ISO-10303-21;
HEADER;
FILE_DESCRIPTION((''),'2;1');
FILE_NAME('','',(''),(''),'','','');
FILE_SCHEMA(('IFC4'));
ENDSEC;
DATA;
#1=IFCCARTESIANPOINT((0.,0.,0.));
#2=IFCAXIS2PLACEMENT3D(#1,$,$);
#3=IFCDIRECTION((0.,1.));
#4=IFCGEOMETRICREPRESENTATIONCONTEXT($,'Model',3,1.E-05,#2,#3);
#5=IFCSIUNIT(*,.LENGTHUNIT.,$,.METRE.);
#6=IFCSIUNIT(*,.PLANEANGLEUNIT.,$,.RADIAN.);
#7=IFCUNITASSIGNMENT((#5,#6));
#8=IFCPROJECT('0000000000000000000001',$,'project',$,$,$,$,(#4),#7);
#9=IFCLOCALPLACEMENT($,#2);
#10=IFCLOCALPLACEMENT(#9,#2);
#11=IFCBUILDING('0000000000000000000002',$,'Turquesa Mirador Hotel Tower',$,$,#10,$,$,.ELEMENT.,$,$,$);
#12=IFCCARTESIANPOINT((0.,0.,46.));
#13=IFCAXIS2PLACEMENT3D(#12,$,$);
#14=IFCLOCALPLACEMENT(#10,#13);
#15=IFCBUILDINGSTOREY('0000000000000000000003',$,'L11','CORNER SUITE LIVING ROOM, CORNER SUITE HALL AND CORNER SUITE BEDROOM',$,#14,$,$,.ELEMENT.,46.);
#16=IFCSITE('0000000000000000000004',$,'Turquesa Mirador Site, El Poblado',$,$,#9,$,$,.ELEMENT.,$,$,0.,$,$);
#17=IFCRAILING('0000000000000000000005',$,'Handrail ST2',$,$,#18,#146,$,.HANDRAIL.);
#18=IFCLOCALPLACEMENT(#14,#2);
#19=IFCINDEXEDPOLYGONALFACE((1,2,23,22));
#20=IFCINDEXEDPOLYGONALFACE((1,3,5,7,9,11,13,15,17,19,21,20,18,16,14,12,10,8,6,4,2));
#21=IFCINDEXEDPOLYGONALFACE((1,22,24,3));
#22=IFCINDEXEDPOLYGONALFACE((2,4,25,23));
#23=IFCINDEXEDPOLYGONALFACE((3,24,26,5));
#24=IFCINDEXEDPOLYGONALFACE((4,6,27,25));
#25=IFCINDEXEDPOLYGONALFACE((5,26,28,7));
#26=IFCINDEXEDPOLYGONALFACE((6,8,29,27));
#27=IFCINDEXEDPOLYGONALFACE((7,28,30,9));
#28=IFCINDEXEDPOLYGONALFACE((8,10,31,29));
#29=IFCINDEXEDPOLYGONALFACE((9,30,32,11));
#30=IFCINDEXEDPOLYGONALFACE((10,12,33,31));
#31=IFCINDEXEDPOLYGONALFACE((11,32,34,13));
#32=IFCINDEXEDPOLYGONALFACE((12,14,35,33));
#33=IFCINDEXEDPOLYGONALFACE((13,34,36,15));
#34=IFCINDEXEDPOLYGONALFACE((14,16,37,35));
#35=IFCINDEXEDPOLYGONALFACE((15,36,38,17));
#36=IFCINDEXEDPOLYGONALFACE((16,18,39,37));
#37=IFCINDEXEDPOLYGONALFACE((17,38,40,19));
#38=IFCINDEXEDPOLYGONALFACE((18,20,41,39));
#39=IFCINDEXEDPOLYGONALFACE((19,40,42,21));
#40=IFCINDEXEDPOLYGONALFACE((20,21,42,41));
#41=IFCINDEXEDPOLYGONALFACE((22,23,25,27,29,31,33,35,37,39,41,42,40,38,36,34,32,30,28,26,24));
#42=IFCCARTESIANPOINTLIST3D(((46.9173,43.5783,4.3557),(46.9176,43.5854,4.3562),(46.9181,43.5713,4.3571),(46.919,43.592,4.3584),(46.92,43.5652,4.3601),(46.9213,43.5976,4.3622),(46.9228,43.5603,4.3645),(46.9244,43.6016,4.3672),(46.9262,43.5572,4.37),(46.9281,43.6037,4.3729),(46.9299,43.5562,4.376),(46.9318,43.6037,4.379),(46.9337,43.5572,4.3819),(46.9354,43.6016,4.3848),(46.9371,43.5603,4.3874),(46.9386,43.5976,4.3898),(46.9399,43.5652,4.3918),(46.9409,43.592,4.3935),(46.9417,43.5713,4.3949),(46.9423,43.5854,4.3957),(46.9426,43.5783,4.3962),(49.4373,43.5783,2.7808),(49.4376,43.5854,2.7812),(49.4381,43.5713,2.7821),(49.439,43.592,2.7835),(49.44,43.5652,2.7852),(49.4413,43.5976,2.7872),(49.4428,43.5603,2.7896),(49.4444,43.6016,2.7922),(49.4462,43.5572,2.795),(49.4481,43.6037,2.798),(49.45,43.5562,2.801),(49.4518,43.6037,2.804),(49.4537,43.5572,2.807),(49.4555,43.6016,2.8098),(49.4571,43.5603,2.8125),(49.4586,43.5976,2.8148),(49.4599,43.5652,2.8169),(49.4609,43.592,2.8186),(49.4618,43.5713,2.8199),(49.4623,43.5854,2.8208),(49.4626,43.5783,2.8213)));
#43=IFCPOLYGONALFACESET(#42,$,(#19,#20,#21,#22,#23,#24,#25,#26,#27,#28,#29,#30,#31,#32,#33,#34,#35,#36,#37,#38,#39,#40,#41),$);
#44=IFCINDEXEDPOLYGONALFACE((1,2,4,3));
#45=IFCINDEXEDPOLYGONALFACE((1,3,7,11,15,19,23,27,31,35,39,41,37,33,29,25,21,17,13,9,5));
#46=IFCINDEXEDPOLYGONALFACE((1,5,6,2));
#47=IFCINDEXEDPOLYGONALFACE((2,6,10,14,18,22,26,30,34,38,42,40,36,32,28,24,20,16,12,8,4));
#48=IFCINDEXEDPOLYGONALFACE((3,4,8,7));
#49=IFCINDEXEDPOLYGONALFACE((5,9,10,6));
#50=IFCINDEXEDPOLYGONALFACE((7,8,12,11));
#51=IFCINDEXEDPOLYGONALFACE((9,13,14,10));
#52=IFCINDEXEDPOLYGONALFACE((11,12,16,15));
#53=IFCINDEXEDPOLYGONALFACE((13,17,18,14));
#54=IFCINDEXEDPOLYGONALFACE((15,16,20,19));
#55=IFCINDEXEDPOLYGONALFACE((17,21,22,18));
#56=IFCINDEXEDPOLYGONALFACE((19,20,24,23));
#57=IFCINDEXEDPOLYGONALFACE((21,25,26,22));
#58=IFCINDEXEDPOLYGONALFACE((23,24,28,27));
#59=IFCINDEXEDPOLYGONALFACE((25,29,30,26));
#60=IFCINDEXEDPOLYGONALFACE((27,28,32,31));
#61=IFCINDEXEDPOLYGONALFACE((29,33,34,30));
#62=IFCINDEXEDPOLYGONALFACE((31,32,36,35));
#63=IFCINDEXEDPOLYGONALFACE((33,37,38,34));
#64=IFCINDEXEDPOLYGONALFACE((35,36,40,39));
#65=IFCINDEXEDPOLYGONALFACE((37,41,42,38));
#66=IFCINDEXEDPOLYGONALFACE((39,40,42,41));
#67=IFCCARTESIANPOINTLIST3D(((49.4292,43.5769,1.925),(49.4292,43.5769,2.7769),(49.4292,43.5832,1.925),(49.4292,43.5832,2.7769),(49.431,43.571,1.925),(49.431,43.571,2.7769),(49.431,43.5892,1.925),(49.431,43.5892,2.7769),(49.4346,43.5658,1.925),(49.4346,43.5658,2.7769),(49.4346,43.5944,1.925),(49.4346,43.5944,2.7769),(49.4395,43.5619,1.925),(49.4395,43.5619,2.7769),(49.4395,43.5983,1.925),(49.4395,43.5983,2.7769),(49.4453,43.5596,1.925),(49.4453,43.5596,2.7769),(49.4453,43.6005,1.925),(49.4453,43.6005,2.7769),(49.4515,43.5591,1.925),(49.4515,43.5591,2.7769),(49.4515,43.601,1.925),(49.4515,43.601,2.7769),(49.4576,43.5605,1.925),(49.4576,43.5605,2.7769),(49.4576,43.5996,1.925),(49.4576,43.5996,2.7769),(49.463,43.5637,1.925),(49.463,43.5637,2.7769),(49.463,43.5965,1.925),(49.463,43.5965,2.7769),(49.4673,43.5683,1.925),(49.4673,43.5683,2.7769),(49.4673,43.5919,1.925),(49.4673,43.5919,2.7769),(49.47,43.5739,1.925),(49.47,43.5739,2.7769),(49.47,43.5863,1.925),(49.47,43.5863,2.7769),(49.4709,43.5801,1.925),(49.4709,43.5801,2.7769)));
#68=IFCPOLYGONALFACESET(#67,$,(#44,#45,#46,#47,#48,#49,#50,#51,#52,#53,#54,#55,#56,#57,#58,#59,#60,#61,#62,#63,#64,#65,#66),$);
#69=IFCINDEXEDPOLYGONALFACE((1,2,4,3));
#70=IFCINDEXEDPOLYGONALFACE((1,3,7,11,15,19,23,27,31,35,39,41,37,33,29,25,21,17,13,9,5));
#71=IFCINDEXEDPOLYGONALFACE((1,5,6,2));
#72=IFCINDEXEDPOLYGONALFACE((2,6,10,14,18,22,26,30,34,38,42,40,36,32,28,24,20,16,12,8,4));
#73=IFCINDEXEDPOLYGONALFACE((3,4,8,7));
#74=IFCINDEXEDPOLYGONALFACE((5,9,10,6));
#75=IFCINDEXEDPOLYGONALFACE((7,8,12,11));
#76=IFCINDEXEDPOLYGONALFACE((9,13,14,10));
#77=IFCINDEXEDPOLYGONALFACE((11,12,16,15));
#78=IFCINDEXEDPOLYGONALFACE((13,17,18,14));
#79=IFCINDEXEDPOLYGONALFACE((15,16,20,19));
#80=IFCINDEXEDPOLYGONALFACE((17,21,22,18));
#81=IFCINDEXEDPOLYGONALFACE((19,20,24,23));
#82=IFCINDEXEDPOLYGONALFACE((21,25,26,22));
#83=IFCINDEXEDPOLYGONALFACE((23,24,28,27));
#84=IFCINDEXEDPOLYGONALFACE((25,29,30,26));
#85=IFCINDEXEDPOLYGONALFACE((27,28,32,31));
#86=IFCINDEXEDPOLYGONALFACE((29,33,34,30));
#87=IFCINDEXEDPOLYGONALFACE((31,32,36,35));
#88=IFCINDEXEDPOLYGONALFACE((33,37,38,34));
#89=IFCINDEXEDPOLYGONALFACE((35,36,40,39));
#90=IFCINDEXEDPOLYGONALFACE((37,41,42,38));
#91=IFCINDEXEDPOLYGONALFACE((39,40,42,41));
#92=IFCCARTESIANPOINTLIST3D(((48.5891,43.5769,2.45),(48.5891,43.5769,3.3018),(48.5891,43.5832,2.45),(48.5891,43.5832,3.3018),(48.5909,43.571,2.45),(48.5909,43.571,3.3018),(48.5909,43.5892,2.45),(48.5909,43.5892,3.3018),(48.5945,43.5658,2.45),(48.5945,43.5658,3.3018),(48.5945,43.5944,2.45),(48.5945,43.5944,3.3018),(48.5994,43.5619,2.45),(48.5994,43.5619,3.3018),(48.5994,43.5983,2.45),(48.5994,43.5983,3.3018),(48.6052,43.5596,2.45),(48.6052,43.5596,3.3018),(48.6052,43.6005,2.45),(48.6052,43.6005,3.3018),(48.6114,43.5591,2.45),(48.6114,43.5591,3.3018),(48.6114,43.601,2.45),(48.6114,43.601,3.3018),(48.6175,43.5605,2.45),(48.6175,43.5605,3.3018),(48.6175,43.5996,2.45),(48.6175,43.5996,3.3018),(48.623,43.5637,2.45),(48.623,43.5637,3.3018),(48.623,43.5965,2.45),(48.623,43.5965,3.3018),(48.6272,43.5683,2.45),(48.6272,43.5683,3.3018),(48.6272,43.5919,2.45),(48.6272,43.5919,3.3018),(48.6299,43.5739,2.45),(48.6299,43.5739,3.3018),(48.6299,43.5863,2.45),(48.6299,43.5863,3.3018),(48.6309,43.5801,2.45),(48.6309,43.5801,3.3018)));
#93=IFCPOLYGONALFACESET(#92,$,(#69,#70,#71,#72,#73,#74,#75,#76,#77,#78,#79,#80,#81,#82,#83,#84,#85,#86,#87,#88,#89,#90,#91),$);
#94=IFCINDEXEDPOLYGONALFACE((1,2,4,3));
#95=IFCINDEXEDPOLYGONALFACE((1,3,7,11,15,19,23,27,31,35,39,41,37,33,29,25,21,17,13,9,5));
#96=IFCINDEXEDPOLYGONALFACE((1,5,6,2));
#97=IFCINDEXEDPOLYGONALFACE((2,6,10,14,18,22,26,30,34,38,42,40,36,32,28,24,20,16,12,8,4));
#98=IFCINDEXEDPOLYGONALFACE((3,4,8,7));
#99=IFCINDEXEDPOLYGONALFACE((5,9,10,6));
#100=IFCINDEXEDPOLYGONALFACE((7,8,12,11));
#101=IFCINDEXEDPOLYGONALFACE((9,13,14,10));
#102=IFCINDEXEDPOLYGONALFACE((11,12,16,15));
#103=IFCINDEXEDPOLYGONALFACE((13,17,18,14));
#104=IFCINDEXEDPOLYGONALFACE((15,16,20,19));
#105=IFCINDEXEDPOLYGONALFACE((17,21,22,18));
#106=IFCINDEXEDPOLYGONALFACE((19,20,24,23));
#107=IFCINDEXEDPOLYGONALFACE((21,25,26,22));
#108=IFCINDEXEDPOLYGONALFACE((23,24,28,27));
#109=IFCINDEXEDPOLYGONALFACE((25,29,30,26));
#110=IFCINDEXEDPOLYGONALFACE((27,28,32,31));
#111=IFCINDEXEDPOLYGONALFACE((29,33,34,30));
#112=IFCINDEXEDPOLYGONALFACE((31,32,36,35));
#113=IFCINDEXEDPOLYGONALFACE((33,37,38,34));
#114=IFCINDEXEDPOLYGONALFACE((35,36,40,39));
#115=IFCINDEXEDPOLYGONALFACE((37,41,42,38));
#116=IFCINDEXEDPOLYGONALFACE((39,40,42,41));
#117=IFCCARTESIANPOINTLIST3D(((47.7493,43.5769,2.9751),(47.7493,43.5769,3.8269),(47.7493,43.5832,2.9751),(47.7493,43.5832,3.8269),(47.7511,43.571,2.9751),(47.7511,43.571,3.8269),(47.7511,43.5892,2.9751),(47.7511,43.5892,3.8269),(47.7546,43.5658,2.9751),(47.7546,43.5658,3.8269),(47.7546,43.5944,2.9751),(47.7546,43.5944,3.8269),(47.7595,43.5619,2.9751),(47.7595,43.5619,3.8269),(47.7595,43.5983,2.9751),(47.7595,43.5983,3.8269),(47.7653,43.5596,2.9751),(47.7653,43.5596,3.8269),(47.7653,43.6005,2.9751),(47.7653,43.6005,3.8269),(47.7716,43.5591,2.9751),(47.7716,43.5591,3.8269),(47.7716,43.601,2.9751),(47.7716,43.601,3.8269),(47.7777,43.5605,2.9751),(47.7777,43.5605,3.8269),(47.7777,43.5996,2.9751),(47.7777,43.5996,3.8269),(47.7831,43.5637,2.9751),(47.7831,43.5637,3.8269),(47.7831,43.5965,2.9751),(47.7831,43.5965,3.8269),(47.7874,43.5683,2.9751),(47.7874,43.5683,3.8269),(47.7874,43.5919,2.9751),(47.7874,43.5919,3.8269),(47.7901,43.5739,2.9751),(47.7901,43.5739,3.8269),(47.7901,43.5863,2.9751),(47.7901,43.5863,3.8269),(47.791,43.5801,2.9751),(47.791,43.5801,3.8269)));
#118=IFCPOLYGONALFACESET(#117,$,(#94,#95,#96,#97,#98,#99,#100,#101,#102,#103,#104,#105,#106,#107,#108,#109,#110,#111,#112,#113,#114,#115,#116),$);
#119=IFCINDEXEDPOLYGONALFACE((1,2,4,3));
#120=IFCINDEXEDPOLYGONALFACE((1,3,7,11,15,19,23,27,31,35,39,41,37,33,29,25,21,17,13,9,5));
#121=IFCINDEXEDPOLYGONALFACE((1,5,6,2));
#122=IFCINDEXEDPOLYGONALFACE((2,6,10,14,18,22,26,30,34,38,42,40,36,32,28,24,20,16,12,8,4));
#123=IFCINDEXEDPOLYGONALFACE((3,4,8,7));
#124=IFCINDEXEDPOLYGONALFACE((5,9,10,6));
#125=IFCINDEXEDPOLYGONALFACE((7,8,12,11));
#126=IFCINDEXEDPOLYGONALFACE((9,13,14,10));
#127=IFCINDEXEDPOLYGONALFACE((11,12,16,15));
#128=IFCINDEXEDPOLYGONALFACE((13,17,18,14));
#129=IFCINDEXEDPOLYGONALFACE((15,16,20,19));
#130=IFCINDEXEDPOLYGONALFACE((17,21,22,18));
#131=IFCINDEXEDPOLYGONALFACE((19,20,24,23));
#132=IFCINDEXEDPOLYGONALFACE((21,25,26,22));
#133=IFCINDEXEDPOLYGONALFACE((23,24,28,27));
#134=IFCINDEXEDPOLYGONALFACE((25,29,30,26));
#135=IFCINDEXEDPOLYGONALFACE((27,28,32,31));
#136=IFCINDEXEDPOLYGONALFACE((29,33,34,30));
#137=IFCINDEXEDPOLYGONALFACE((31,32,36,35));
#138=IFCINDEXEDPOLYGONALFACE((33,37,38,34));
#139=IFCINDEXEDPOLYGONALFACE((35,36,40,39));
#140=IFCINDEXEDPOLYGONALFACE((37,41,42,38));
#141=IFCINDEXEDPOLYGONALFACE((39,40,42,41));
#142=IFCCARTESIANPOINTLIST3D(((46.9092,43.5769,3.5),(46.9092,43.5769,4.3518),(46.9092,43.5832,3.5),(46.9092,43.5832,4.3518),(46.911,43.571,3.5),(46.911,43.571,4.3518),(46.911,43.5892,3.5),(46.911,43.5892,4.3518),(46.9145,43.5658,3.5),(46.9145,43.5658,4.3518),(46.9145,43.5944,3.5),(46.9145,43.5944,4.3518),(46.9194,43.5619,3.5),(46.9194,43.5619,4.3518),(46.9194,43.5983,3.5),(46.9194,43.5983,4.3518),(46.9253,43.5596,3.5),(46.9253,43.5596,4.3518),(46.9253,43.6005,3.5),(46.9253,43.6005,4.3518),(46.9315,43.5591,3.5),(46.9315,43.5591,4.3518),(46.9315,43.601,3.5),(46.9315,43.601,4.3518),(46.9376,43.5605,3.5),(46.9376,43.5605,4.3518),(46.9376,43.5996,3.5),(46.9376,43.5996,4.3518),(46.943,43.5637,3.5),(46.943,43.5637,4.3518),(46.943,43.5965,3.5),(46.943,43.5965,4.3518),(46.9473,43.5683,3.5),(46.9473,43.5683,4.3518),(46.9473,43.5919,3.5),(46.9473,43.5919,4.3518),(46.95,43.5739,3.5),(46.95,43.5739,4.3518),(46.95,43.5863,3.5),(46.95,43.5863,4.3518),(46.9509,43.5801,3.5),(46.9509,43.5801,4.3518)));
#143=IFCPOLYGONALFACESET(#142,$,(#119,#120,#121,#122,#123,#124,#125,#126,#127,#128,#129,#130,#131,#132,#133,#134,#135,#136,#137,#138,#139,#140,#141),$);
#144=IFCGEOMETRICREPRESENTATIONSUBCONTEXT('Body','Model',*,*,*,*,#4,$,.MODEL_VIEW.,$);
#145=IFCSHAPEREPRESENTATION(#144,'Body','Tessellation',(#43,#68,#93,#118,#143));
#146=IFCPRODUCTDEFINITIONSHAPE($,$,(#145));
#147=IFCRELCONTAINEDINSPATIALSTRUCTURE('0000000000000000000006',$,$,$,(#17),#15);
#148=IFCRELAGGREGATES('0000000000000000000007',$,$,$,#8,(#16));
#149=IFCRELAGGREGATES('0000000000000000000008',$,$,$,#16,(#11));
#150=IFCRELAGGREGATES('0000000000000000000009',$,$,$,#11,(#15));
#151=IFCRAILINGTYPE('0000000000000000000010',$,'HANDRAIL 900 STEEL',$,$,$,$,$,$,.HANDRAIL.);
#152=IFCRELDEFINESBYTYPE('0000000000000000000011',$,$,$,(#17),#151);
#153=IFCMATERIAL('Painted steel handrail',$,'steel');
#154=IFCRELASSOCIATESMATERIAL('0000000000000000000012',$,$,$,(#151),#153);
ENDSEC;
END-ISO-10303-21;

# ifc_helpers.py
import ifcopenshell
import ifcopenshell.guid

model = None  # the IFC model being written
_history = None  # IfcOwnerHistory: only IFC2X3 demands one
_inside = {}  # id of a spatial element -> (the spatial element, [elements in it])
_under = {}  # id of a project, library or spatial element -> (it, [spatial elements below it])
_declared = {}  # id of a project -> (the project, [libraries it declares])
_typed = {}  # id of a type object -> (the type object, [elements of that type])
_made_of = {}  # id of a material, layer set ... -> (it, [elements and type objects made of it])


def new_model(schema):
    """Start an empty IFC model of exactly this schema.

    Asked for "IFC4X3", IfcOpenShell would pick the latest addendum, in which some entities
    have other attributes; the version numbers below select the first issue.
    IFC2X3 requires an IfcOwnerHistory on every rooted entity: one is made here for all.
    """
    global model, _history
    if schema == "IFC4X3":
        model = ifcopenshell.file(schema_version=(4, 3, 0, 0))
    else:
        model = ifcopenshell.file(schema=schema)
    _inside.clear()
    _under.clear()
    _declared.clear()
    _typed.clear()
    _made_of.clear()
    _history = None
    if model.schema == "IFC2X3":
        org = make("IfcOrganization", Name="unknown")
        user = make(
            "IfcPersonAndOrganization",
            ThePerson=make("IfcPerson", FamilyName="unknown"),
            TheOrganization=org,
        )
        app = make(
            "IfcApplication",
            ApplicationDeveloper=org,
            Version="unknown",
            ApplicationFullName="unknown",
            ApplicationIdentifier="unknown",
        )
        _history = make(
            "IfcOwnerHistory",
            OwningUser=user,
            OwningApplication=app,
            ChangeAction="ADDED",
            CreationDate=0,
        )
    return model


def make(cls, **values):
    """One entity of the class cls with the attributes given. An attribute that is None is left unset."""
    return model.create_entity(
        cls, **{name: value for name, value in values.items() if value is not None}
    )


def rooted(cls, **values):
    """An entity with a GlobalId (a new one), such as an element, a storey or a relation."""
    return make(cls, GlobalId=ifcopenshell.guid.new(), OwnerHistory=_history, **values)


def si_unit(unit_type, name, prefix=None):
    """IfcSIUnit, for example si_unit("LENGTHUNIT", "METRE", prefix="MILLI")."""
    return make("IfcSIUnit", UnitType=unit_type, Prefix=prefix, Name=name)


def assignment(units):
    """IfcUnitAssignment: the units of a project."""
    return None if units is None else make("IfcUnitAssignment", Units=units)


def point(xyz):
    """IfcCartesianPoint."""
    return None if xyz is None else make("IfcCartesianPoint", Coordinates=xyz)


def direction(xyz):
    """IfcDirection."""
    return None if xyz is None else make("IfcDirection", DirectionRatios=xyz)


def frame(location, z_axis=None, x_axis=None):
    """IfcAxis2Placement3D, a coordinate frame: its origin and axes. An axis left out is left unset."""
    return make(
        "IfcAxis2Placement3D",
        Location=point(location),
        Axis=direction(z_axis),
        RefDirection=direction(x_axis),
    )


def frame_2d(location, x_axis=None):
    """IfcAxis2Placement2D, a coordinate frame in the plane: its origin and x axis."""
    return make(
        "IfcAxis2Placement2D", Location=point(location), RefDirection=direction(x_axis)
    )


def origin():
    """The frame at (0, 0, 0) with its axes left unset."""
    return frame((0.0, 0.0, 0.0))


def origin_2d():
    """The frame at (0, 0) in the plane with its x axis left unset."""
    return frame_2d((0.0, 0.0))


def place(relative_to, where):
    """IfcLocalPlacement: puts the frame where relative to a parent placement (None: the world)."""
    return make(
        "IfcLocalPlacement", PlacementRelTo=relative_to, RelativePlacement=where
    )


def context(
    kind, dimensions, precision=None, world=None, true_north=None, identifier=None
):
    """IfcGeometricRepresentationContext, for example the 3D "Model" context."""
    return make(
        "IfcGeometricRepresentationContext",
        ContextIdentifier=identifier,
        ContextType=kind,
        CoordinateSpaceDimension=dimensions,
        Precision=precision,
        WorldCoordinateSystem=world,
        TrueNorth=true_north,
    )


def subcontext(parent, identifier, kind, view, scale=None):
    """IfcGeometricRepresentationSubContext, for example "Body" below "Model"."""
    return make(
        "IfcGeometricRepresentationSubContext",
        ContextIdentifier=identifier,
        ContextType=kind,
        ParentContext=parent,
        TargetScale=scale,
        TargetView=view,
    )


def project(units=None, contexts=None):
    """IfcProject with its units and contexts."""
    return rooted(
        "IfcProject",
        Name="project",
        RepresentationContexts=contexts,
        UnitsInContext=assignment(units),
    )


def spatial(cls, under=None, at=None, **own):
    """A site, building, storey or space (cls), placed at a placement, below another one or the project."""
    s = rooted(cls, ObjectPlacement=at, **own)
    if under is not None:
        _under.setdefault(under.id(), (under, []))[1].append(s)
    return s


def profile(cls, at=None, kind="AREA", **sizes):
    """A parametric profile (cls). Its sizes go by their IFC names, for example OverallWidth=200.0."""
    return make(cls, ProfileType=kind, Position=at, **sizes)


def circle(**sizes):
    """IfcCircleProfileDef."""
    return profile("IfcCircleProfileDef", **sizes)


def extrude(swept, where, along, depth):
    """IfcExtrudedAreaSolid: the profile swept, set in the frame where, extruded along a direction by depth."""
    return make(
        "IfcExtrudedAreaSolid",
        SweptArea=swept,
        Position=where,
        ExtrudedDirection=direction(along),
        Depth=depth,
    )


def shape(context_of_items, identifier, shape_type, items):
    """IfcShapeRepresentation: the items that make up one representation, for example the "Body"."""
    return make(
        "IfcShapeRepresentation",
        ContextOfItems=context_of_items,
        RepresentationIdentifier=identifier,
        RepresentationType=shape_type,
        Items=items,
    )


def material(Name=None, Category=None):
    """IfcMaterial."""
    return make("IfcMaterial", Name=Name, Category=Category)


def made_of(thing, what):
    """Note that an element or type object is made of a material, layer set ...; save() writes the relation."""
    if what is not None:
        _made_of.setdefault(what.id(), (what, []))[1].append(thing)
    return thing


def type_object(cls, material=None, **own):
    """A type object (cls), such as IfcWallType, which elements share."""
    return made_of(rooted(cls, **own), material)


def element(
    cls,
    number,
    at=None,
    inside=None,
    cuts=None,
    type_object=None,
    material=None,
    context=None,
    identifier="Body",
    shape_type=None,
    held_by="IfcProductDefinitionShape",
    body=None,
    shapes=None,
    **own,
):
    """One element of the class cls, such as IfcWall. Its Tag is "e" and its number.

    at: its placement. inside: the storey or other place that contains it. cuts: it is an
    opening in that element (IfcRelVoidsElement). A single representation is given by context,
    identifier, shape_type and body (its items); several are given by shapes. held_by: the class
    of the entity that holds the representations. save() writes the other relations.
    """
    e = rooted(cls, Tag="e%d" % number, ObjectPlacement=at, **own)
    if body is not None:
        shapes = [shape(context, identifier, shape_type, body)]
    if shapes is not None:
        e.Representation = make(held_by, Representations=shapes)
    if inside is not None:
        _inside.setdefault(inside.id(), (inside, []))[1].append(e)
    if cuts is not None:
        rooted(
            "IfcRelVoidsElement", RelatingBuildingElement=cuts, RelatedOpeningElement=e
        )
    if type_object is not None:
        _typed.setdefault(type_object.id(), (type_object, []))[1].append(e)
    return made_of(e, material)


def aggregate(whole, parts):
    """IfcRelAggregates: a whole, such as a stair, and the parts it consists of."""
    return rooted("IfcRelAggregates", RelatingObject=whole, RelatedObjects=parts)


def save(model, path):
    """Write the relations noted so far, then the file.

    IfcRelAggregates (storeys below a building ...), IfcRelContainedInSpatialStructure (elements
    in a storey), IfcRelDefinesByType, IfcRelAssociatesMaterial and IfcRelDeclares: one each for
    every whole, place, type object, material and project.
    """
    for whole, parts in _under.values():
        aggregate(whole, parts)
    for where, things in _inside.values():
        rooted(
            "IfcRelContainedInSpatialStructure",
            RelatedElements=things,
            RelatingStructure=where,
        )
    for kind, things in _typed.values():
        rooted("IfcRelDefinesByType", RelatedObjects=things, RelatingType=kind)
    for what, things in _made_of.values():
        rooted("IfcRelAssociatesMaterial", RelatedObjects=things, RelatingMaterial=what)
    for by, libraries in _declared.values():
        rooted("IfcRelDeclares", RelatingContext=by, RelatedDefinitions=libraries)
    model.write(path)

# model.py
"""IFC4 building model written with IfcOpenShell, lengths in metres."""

from ifc_helpers import new_model, si_unit, direction, frame, origin, origin_2d, place, context, subcontext, project, spatial, circle, extrude, material, type_object, element, save


model = new_model("IFC4")

# Units and contexts
model_context = context("Model", 3, precision=1e-05, world=origin(), true_north=direction((0.0, 1.0)))
body_context = subcontext(model_context, "Body", "Model", "MODEL_VIEW")
ifc_project = project(units=[si_unit("LENGTHUNIT", "METRE"), si_unit("PLANEANGLEUNIT", "RADIAN")], contexts=[model_context])

# Site, building, storey
site_placement = place(None, origin())
site = spatial("IfcSite", under=ifc_project, at=site_placement, Name="Turquesa Mirador Site, El Poblado", CompositionType="ELEMENT", RefElevation=0.0)
building_placement = place(site_placement, origin())
building = spatial("IfcBuilding", under=site, at=building_placement, Name="Turquesa Mirador Hotel Tower", CompositionType="ELEMENT")
storey_placement = place(building_placement, frame((0.0, 0.0, 46.0)))
storey = spatial("IfcBuildingStorey", under=building, at=storey_placement, Name="L11", Description="CORNER SUITE LIVING ROOM, CORNER SUITE HALL AND CORNER SUITE BEDROOM", CompositionType="ELEMENT", Elevation=46.0)

# Railing
ifc_material_1 = material(Name="Painted steel handrail", Category="steel")
railing_type = type_object("IfcRailingType", Name="HANDRAIL 900 STEEL", PredefinedType="HANDRAIL", material=ifc_material_1)
railing_1_placement = place(storey_placement, frame((49.45, 43.5801, 1.925)))
element("IfcRailing", 1, at=railing_1_placement, inside=storey, type_object=railing_type, Name="Handrail ST2", PredefinedType="HANDRAIL", context=body_context, shape_type="SweptSolid", body=[
    extrude(circle(Radius=0.0239, at=origin_2d()), frame((0.0, 0.0, 0.876), z_axis=(-0.848008, 0.0, 0.529984), x_axis=(0.0, -1.0, 0.0)), (0.0, 0.0, 1.0), 2.9717),
    extrude(circle(Radius=0.021, at=origin_2d()), origin(), (0.0, 0.0, 1.0), 0.8518),
    extrude(circle(Radius=0.021, at=origin_2d()), frame((-0.8401, 0.0, 0.5249)), (0.0, 0.0, 1.0), 0.8518),
    extrude(circle(Radius=0.021, at=origin_2d()), frame((-1.6799, 0.0, 1.05)), (0.0, 0.0, 1.0), 0.8518),
    extrude(circle(Radius=0.021, at=origin_2d()), frame((-2.52, 0.0, 1.575)), (0.0, 0.0, 1.0), 0.8518),
])

save(model, "model.ifc")
